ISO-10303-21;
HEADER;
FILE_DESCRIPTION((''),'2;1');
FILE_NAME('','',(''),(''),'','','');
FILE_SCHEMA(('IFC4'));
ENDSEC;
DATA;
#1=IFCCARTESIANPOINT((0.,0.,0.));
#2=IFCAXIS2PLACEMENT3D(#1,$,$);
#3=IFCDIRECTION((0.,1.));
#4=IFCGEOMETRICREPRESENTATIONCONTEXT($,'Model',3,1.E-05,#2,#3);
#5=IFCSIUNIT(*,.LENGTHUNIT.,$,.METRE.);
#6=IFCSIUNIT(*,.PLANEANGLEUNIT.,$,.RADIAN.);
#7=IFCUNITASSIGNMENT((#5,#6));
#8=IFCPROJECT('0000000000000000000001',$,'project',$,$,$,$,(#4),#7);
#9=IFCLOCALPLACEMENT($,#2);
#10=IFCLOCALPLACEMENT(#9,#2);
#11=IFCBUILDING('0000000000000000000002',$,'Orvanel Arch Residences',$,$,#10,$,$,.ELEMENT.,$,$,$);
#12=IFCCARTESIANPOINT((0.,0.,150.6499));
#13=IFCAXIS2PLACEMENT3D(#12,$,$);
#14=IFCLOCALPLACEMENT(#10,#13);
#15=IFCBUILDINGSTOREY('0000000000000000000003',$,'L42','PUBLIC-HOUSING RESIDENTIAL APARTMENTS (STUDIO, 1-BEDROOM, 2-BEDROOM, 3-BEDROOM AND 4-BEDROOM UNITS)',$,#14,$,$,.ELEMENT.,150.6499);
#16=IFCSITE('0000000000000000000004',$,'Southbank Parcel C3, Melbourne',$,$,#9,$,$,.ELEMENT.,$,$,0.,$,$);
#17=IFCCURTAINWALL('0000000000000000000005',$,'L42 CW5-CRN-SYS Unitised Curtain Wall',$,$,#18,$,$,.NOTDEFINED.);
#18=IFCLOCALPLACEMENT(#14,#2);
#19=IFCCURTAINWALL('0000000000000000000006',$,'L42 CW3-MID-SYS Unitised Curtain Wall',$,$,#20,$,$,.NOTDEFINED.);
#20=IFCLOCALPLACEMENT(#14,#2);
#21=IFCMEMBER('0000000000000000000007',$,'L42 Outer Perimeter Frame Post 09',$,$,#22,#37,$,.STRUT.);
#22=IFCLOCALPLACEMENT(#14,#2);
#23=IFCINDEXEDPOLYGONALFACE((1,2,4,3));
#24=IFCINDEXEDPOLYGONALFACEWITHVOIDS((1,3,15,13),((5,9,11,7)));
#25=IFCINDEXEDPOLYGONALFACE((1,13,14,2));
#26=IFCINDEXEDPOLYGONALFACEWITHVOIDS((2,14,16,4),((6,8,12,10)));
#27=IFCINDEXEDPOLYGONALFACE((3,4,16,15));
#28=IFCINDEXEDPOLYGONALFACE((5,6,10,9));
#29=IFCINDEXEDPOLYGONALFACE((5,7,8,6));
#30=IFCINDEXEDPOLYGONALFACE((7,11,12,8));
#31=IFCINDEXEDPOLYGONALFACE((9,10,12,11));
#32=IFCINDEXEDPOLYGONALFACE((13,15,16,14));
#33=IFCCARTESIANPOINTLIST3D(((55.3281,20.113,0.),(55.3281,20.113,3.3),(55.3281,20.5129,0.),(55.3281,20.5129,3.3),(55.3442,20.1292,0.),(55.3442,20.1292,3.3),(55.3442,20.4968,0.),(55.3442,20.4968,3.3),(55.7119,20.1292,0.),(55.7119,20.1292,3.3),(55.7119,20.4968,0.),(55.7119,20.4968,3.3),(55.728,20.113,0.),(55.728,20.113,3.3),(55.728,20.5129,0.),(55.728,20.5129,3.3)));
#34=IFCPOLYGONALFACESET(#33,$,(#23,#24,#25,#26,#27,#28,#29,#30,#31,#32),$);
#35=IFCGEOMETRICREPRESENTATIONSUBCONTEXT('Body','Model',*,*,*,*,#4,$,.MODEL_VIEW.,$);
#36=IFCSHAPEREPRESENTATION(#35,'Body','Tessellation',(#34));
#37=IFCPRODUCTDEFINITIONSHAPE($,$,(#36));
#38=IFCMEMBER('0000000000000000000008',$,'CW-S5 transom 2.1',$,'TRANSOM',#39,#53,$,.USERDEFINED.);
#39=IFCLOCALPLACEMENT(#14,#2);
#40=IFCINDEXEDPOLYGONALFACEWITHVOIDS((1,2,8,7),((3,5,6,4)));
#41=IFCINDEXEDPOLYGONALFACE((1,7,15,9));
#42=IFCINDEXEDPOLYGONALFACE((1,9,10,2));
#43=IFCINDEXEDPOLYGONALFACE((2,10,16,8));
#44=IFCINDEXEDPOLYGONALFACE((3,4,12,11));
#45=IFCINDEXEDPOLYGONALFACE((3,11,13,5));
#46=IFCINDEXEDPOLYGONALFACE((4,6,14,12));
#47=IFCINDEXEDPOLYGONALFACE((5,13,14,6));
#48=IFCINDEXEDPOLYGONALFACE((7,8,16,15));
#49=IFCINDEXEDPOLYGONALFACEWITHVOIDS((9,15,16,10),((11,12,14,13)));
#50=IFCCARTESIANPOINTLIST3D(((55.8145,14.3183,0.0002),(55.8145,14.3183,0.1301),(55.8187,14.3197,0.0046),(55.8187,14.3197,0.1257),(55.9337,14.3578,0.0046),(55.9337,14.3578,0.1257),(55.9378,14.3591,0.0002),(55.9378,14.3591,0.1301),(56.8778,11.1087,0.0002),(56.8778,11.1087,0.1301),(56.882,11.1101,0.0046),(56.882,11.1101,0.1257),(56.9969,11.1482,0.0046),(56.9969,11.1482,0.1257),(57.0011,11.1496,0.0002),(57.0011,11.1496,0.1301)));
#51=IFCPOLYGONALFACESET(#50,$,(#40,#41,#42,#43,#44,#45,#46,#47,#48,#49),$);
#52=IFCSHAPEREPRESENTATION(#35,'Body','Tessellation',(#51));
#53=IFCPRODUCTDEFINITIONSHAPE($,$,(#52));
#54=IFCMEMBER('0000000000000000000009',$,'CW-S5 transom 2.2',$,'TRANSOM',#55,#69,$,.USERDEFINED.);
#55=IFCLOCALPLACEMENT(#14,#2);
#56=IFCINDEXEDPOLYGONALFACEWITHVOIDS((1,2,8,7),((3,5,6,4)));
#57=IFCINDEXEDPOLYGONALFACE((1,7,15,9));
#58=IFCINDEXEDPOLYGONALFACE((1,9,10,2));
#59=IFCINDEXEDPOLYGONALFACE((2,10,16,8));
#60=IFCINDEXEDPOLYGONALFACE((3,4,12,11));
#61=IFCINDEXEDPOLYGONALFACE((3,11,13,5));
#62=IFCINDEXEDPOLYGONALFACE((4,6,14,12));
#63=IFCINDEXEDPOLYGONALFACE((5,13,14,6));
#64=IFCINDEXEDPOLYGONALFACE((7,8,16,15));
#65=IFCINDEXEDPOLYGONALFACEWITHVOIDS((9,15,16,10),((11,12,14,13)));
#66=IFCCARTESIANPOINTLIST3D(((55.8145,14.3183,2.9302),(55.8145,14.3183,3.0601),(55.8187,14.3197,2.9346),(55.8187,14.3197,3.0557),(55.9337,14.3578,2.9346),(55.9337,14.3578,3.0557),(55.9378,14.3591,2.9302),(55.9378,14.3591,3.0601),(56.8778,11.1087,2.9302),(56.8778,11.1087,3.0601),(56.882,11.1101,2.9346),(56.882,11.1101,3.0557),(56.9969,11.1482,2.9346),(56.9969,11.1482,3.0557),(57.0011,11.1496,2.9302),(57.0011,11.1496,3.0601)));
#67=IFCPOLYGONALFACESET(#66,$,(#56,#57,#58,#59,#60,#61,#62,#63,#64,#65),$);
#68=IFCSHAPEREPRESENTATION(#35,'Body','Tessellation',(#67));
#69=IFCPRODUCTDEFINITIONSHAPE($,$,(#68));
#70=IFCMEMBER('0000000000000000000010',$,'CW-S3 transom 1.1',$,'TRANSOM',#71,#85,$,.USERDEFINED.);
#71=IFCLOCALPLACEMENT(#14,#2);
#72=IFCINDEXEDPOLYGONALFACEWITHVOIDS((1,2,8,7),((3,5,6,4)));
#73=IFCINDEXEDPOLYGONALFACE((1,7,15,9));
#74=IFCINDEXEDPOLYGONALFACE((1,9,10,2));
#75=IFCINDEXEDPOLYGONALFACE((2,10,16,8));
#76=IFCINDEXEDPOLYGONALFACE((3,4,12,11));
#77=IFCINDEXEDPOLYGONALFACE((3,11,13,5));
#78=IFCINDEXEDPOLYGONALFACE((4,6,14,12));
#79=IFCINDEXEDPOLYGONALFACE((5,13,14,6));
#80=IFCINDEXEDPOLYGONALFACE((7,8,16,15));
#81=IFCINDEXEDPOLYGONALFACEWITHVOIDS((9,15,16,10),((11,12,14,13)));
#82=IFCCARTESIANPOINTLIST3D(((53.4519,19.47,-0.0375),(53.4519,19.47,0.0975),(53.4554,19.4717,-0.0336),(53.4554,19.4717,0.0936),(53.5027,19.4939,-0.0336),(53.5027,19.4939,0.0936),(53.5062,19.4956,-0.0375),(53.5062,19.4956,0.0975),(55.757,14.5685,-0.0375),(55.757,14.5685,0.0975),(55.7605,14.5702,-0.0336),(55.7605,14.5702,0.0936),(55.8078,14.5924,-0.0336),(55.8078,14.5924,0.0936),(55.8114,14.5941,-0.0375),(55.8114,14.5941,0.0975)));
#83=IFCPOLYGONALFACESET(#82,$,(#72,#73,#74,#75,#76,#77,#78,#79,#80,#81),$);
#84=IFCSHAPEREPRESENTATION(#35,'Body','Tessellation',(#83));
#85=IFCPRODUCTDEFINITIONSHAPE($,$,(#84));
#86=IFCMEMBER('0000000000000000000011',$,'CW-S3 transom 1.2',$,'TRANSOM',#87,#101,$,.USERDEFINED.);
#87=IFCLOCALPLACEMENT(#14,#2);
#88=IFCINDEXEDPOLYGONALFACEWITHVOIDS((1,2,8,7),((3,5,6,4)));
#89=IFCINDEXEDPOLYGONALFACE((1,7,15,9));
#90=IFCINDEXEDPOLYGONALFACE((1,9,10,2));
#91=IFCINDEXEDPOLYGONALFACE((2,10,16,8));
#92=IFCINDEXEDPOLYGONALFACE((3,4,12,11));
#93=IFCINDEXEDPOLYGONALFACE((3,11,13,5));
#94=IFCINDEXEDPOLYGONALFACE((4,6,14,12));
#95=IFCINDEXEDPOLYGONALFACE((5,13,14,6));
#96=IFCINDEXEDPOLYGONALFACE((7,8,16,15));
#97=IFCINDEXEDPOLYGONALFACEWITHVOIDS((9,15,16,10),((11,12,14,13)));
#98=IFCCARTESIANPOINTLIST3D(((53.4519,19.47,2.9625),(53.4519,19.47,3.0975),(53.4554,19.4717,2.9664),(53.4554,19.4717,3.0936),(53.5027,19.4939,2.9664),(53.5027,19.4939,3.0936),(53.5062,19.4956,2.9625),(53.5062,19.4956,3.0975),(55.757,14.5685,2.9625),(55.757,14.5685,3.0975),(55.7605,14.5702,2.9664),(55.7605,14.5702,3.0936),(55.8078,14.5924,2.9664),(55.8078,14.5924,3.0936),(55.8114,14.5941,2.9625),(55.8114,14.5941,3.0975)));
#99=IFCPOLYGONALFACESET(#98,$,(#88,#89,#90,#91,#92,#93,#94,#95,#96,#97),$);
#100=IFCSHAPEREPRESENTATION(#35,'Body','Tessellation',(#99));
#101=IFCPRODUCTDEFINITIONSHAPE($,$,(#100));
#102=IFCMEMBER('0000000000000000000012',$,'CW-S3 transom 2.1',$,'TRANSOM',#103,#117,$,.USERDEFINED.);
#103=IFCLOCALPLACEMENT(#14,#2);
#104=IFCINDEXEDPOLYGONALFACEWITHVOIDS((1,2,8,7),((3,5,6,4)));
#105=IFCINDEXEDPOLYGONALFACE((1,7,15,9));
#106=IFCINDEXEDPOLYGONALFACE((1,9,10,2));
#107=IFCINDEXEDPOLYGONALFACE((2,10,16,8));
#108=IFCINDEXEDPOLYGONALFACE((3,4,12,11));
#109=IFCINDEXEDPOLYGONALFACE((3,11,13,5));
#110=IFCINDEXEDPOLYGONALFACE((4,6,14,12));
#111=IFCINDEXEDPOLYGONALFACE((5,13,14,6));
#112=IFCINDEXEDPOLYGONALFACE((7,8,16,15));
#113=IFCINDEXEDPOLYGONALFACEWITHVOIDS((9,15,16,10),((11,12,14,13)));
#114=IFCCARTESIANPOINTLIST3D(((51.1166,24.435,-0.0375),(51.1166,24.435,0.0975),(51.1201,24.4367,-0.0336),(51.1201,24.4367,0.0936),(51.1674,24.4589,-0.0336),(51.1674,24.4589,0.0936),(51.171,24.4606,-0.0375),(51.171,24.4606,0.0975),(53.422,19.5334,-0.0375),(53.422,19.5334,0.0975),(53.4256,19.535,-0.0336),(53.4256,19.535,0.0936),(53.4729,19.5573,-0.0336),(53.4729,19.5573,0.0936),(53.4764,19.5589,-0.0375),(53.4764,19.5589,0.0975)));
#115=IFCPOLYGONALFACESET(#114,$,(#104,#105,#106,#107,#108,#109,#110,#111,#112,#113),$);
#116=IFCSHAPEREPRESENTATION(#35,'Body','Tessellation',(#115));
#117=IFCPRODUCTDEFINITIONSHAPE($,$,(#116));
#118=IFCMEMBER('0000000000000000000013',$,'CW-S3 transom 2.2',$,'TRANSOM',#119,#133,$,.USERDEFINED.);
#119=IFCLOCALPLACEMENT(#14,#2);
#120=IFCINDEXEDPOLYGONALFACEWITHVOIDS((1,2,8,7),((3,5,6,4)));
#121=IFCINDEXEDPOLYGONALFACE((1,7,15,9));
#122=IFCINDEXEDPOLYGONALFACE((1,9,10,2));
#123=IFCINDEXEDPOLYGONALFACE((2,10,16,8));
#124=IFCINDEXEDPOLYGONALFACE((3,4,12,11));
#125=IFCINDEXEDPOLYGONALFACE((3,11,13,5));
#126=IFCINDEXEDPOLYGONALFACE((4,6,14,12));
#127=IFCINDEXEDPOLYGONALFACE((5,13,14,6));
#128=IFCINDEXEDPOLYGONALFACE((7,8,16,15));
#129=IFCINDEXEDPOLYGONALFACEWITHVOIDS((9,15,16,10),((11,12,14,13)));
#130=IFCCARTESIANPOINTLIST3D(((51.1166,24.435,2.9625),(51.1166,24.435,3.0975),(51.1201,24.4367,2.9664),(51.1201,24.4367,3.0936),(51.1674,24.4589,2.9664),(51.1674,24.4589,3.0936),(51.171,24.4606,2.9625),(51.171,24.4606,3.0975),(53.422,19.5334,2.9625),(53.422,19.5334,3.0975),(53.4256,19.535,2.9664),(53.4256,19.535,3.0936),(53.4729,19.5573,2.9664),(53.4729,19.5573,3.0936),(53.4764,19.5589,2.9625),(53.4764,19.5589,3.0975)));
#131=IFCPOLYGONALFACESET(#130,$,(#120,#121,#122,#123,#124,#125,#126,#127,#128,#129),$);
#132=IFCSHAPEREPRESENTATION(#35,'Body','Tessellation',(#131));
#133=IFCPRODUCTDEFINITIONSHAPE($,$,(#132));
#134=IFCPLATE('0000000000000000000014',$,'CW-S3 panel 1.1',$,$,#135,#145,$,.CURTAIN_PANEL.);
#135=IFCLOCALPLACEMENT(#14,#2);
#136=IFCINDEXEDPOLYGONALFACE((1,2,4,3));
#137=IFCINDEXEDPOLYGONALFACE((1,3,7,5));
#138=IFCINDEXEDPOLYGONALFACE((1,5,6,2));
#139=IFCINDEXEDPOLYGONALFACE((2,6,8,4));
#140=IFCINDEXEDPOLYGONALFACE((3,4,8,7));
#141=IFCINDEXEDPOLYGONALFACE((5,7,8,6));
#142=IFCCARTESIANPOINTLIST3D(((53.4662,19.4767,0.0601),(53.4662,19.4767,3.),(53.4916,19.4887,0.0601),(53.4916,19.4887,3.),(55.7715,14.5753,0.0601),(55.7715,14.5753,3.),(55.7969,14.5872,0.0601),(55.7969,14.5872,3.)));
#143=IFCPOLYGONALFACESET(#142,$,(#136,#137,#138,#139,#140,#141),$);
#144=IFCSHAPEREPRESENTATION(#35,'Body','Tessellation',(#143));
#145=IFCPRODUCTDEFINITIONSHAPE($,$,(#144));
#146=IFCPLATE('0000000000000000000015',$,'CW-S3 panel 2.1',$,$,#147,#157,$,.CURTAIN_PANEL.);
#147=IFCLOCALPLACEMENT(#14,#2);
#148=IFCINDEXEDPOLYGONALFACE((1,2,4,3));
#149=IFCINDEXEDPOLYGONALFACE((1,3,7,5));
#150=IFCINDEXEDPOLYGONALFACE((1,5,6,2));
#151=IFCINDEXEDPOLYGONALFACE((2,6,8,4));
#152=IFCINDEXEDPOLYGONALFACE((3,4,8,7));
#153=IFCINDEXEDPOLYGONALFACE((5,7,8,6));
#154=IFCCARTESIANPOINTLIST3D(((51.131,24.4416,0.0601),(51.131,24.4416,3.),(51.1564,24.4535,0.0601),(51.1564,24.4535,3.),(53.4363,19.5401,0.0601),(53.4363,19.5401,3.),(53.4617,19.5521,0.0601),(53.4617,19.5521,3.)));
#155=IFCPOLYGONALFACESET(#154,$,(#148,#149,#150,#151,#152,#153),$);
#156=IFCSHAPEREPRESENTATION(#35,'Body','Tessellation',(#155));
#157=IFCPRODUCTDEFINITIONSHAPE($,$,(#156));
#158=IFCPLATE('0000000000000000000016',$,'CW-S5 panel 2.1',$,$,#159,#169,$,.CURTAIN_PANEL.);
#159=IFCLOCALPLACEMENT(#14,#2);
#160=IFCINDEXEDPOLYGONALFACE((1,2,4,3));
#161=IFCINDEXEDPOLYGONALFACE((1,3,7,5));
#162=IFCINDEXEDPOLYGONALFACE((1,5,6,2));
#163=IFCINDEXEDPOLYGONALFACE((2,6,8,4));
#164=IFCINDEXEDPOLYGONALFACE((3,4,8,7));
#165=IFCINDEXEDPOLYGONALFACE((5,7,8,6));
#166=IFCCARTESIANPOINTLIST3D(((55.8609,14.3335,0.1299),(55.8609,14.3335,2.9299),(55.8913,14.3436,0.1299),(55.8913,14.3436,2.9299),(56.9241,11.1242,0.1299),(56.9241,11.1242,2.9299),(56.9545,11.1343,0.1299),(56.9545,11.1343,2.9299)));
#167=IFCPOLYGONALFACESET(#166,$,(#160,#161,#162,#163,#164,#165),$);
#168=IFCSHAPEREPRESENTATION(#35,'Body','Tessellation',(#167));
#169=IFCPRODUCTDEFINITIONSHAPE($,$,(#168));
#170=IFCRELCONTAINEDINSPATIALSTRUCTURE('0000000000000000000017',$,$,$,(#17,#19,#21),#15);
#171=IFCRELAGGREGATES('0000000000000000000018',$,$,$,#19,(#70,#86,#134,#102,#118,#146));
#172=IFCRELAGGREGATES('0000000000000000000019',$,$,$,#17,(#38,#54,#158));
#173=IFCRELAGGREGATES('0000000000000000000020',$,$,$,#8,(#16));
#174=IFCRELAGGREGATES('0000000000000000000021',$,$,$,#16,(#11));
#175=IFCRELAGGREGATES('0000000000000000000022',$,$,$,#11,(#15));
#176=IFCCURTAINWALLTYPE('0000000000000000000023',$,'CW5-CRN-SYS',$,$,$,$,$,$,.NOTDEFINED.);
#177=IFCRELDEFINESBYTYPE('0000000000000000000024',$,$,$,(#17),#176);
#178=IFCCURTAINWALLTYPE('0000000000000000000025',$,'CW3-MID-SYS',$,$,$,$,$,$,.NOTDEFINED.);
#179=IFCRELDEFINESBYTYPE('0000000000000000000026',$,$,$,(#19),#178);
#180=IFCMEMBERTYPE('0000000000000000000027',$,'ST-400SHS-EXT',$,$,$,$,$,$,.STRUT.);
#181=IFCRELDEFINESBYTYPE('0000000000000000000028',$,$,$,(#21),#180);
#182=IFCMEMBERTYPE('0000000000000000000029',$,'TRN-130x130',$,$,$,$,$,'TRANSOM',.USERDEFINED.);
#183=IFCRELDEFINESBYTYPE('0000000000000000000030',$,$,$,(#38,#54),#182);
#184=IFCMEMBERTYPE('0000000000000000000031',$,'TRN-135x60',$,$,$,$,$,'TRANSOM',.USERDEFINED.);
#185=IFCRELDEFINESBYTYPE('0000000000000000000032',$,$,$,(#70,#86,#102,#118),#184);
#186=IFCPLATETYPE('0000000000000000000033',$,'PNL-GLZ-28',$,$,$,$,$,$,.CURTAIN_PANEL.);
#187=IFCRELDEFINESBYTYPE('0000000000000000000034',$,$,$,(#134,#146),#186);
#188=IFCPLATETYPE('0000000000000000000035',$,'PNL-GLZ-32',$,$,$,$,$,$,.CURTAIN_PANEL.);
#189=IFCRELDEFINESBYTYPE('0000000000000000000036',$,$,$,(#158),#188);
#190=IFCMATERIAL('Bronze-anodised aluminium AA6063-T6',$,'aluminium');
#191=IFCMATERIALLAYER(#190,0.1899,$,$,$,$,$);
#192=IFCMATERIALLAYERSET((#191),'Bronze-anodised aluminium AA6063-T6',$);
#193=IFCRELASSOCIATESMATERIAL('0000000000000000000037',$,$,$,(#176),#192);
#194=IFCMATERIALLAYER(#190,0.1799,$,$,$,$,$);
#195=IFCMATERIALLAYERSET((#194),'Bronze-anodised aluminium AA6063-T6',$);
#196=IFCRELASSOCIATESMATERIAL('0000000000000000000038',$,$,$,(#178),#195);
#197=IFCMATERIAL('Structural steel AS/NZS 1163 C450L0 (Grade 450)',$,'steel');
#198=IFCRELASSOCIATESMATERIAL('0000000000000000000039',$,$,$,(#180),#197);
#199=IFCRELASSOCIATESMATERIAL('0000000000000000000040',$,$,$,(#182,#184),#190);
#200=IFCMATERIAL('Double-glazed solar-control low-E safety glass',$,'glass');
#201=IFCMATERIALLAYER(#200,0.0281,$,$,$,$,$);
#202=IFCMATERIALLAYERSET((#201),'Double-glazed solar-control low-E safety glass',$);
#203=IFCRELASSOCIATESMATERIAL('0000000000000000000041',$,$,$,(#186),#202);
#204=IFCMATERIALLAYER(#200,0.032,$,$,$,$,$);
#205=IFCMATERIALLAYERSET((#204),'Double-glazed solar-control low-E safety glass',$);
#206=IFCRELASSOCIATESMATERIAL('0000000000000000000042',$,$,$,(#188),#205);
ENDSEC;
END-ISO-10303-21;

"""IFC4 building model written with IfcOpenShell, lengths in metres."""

from ifc_helpers import new_model, si_unit, direction, frame, origin, origin_2d, place, context, subcontext, project, spatial, rectangle, hollow_rectangle, extrude, material, layer, layer_set, material_profile, profile_set, type_object, element, aggregate, save


model = new_model("IFC4")

# Units and contexts
model_context = context("Model", 3, precision=1e-05, world=origin(), true_north=direction((0.0, 1.0)))
body_context = subcontext(model_context, "Body", "Model", "MODEL_VIEW")
ifc_project = project(units=[si_unit("LENGTHUNIT", "METRE"), si_unit("PLANEANGLEUNIT", "RADIAN")], contexts=[model_context])

# Site, building, storey
site_placement = place(None, origin())
site = spatial("IfcSite", under=ifc_project, at=site_placement, Name="Southbank Parcel C3, Melbourne", CompositionType="ELEMENT", RefElevation=0.0)
building_placement = place(site_placement, origin())
building = spatial("IfcBuilding", under=site, at=building_placement, Name="Orvanel Arch Residences", CompositionType="ELEMENT")
storey_placement = place(building_placement, frame((0.0, 0.0, 150.6499)))
storey = spatial("IfcBuildingStorey", under=building, at=storey_placement, Name="L42", Description="PUBLIC-HOUSING RESIDENTIAL APARTMENTS (STUDIO, 1-BEDROOM, 2-BEDROOM, 3-BEDROOM AND 4-BEDROOM UNITS)", CompositionType="ELEMENT", Elevation=150.6499)

# Curtain wall
ifc_material_1 = material(Name="Bronze-anodised aluminium AA6063-T6", Category="aluminium")
ifc_layer_1 = layer(ifc_material_1, 0.1899)
ifc_layer_set_1 = layer_set([ifc_layer_1], Name="Bronze-anodised aluminium AA6063-T6")
curtain_wall_type_1 = type_object("IfcCurtainWallType", Name="CW5-CRN-SYS", PredefinedType="NOTDEFINED", material=ifc_layer_set_1)
curtain_wall_1_placement = place(storey_placement, origin())
curtain_wall_1 = element("IfcCurtainWall", 1, at=curtain_wall_1_placement, inside=storey, type_object=curtain_wall_type_1, Name="L42 CW5-CRN-SYS Unitised Curtain Wall", PredefinedType="NOTDEFINED")

# Curtain wall
ifc_layer_2 = layer(ifc_material_1, 0.1799)
ifc_layer_set_2 = layer_set([ifc_layer_2], Name="Bronze-anodised aluminium AA6063-T6")
curtain_wall_type_2 = type_object("IfcCurtainWallType", Name="CW3-MID-SYS", PredefinedType="NOTDEFINED", material=ifc_layer_set_2)
curtain_wall_2_placement = place(storey_placement, origin())
curtain_wall_2 = element("IfcCurtainWall", 2, at=curtain_wall_2_placement, inside=storey, type_object=curtain_wall_type_2, Name="L42 CW3-MID-SYS Unitised Curtain Wall", PredefinedType="NOTDEFINED")

# Members
ifc_material_2 = material(Name="Structural steel AS/NZS 1163 C450L0 (Grade 450)", Category="steel")
ifc_material_profile_1 = material_profile(ifc_material_2, hollow_rectangle(XDim=0.3999, YDim=0.3999, WallThickness=0.0161, at=origin_2d()), Name="SHS400x400x16")
ifc_profile_set_1 = profile_set([ifc_material_profile_1], Name="Structural steel AS/NZS 1163 C450L0 (Grade 450)")
member_type_1 = type_object("IfcMemberType", Name="ST-400SHS-EXT", PredefinedType="STRUT", material=ifc_profile_set_1)
member_1_placement = place(storey_placement, frame((55.5281, 20.313, 0.0), z_axis=(0.0, 0.0, 1.0), x_axis=(1.0, 0.0, 0.0)))
element("IfcMember", 3, at=member_1_placement, inside=storey, type_object=member_type_1, Name="L42 Outer Perimeter Frame Post 09", PredefinedType="STRUT", context=body_context, shape_type="SweptSolid", body=[
    extrude(hollow_rectangle(XDim=0.3999, YDim=0.3999, WallThickness=0.0161, at=origin_2d()), origin(), (0.0, 0.0, 1.0), 3.3),
])
ifc_material_profile_2 = material_profile(ifc_material_1, hollow_rectangle(XDim=0.1299, YDim=0.1299, WallThickness=0.0044, at=origin_2d()), Name="ALU130x130x4.5")
ifc_profile_set_2 = profile_set([ifc_material_profile_2], Name="Bronze-anodised aluminium AA6063-T6")
member_type_2 = type_object("IfcMemberType", Name="TRN-130x130", ElementType="TRANSOM", PredefinedType="USERDEFINED", material=ifc_profile_set_2)
member_2_placement = place(storey_placement, frame((56.9395, 11.1292, 0.0652), z_axis=(-0.314473, 0.949267, 0.0), x_axis=(-0.949267, -0.314473, 0.0)))
member_2 = element("IfcMember", 4, at=member_2_placement, type_object=member_type_2, Name="CW-S5 transom 2.1", ObjectType="TRANSOM", PredefinedType="USERDEFINED", context=body_context, shape_type="SweptSolid", body=[
    extrude(hollow_rectangle(XDim=0.1299, YDim=0.1299, WallThickness=0.0044, at=origin_2d()), origin(), (0.0, 0.0, 1.0), 3.3811),
])
member_3_placement = place(storey_placement, frame((56.9395, 11.1292, 2.9951), z_axis=(-0.314473, 0.949267, 0.0), x_axis=(-0.949267, -0.314473, 0.0)))
member_3 = element("IfcMember", 5, at=member_3_placement, type_object=member_type_2, Name="CW-S5 transom 2.2", ObjectType="TRANSOM", PredefinedType="USERDEFINED", context=body_context, shape_type="SweptSolid", body=[
    extrude(hollow_rectangle(XDim=0.1299, YDim=0.1299, WallThickness=0.0044, at=origin_2d()), origin(), (0.0, 0.0, 1.0), 3.3811),
])
ifc_material_profile_3 = material_profile(ifc_material_1, hollow_rectangle(XDim=0.0601, YDim=0.135, WallThickness=0.0039, at=origin_2d()), Name="ALU135x60x4")
ifc_profile_set_3 = profile_set([ifc_material_profile_3], Name="Bronze-anodised aluminium AA6063-T6")
member_type_3 = type_object("IfcMemberType", Name="TRN-135x60", ElementType="TRANSOM", PredefinedType="USERDEFINED", material=ifc_profile_set_3)
member_4_placement = place(storey_placement, frame((55.7842, 14.5813, 0.03), z_axis=(-0.425576, 0.904923, 0.0), x_axis=(-0.904923, -0.425576, 0.0)))
member_4 = element("IfcMember", 6, at=member_4_placement, type_object=member_type_3, Name="CW-S3 transom 1.1", ObjectType="TRANSOM", PredefinedType="USERDEFINED", context=body_context, shape_type="SweptSolid", body=[
    extrude(hollow_rectangle(XDim=0.0601, YDim=0.135, WallThickness=0.0039, at=origin_2d()), origin(), (0.0, 0.0, 1.0), 5.4165),
])
member_5_placement = place(storey_placement, frame((55.7842, 14.5813, 3.03), z_axis=(-0.425576, 0.904923, 0.0), x_axis=(-0.904923, -0.425576, 0.0)))
member_5 = element("IfcMember", 7, at=member_5_placement, type_object=member_type_3, Name="CW-S3 transom 1.2", ObjectType="TRANSOM", PredefinedType="USERDEFINED", context=body_context, shape_type="SweptSolid", body=[
    extrude(hollow_rectangle(XDim=0.0601, YDim=0.135, WallThickness=0.0039, at=origin_2d()), origin(), (0.0, 0.0, 1.0), 5.4165),
])
member_6_placement = place(storey_placement, frame((53.4492, 19.5461, 0.03), z_axis=(-0.425613, 0.904906, 0.0), x_axis=(-0.904906, -0.425613, 0.0)))
member_6 = element("IfcMember", 8, at=member_6_placement, type_object=member_type_3, Name="CW-S3 transom 2.1", ObjectType="TRANSOM", PredefinedType="USERDEFINED", context=body_context, shape_type="SweptSolid", body=[
    extrude(hollow_rectangle(XDim=0.0601, YDim=0.135, WallThickness=0.0039, at=origin_2d()), origin(), (0.0, 0.0, 1.0), 5.4167),
])
member_7_placement = place(storey_placement, frame((53.4492, 19.5461, 3.03), z_axis=(-0.425613, 0.904906, 0.0), x_axis=(-0.904906, -0.425613, 0.0)))
member_7 = element("IfcMember", 9, at=member_7_placement, type_object=member_type_3, Name="CW-S3 transom 2.2", ObjectType="TRANSOM", PredefinedType="USERDEFINED", context=body_context, shape_type="SweptSolid", body=[
    extrude(hollow_rectangle(XDim=0.0601, YDim=0.135, WallThickness=0.0039, at=origin_2d()), origin(), (0.0, 0.0, 1.0), 5.4167),
])

# Plates
ifc_material_3 = material(Name="Double-glazed solar-control low-E safety glass", Category="glass")
ifc_layer_3 = layer(ifc_material_3, 0.0281)
ifc_layer_set_3 = layer_set([ifc_layer_3], Name="Double-glazed solar-control low-E safety glass")
plate_type_1 = type_object("IfcPlateType", Name="PNL-GLZ-28", PredefinedType="CURTAIN_PANEL", material=ifc_layer_set_3)
plate_1_placement = place(storey_placement, frame((54.6316, 17.032, 0.0601), z_axis=(0.0, 0.0, 1.0), x_axis=(-0.425605, 0.904909, 0.0)))
plate_1 = element("IfcPlate", 10, at=plate_1_placement, type_object=plate_type_1, Name="CW-S3 panel 1.1", PredefinedType="CURTAIN_PANEL", context=body_context, shape_type="SweptSolid", body=[
    extrude(rectangle(XDim=5.4165, YDim=0.0281, at=origin_2d()), origin(), (0.0, 0.0, 1.0), 2.9399),
])
plate_2_placement = place(storey_placement, frame((52.2964, 21.9968, 0.0601), z_axis=(0.0, 0.0, 1.0), x_axis=(-0.425605, 0.904909, 0.0)))
plate_2 = element("IfcPlate", 11, at=plate_2_placement, type_object=plate_type_1, Name="CW-S3 panel 2.1", PredefinedType="CURTAIN_PANEL", context=body_context, shape_type="SweptSolid", body=[
    extrude(rectangle(XDim=5.4165, YDim=0.0281, at=origin_2d()), origin(), (0.0, 0.0, 1.0), 2.9399),
])
aggregate(curtain_wall_2, [member_4, member_5, plate_1, member_6, member_7, plate_2])
ifc_layer_4 = layer(ifc_material_3, 0.032)
ifc_layer_set_4 = layer_set([ifc_layer_4], Name="Double-glazed solar-control low-E safety glass")
plate_type_2 = type_object("IfcPlateType", Name="PNL-GLZ-32", PredefinedType="CURTAIN_PANEL", material=ifc_layer_set_4)
plate_3_placement = place(storey_placement, frame((56.4077, 12.7339, 0.1299), z_axis=(0.0, 0.0, 1.0), x_axis=(-0.31448, 0.949264, 0.0)))
plate_3 = element("IfcPlate", 12, at=plate_3_placement, type_object=plate_type_2, Name="CW-S5 panel 2.1", PredefinedType="CURTAIN_PANEL", context=body_context, shape_type="SweptSolid", body=[
    extrude(rectangle(XDim=3.3809, YDim=0.032, at=origin_2d()), origin(), (0.0, 0.0, 1.0), 2.8),
])
aggregate(curtain_wall_1, [member_2, member_3, plate_3])

save(model, "model.ifc")
